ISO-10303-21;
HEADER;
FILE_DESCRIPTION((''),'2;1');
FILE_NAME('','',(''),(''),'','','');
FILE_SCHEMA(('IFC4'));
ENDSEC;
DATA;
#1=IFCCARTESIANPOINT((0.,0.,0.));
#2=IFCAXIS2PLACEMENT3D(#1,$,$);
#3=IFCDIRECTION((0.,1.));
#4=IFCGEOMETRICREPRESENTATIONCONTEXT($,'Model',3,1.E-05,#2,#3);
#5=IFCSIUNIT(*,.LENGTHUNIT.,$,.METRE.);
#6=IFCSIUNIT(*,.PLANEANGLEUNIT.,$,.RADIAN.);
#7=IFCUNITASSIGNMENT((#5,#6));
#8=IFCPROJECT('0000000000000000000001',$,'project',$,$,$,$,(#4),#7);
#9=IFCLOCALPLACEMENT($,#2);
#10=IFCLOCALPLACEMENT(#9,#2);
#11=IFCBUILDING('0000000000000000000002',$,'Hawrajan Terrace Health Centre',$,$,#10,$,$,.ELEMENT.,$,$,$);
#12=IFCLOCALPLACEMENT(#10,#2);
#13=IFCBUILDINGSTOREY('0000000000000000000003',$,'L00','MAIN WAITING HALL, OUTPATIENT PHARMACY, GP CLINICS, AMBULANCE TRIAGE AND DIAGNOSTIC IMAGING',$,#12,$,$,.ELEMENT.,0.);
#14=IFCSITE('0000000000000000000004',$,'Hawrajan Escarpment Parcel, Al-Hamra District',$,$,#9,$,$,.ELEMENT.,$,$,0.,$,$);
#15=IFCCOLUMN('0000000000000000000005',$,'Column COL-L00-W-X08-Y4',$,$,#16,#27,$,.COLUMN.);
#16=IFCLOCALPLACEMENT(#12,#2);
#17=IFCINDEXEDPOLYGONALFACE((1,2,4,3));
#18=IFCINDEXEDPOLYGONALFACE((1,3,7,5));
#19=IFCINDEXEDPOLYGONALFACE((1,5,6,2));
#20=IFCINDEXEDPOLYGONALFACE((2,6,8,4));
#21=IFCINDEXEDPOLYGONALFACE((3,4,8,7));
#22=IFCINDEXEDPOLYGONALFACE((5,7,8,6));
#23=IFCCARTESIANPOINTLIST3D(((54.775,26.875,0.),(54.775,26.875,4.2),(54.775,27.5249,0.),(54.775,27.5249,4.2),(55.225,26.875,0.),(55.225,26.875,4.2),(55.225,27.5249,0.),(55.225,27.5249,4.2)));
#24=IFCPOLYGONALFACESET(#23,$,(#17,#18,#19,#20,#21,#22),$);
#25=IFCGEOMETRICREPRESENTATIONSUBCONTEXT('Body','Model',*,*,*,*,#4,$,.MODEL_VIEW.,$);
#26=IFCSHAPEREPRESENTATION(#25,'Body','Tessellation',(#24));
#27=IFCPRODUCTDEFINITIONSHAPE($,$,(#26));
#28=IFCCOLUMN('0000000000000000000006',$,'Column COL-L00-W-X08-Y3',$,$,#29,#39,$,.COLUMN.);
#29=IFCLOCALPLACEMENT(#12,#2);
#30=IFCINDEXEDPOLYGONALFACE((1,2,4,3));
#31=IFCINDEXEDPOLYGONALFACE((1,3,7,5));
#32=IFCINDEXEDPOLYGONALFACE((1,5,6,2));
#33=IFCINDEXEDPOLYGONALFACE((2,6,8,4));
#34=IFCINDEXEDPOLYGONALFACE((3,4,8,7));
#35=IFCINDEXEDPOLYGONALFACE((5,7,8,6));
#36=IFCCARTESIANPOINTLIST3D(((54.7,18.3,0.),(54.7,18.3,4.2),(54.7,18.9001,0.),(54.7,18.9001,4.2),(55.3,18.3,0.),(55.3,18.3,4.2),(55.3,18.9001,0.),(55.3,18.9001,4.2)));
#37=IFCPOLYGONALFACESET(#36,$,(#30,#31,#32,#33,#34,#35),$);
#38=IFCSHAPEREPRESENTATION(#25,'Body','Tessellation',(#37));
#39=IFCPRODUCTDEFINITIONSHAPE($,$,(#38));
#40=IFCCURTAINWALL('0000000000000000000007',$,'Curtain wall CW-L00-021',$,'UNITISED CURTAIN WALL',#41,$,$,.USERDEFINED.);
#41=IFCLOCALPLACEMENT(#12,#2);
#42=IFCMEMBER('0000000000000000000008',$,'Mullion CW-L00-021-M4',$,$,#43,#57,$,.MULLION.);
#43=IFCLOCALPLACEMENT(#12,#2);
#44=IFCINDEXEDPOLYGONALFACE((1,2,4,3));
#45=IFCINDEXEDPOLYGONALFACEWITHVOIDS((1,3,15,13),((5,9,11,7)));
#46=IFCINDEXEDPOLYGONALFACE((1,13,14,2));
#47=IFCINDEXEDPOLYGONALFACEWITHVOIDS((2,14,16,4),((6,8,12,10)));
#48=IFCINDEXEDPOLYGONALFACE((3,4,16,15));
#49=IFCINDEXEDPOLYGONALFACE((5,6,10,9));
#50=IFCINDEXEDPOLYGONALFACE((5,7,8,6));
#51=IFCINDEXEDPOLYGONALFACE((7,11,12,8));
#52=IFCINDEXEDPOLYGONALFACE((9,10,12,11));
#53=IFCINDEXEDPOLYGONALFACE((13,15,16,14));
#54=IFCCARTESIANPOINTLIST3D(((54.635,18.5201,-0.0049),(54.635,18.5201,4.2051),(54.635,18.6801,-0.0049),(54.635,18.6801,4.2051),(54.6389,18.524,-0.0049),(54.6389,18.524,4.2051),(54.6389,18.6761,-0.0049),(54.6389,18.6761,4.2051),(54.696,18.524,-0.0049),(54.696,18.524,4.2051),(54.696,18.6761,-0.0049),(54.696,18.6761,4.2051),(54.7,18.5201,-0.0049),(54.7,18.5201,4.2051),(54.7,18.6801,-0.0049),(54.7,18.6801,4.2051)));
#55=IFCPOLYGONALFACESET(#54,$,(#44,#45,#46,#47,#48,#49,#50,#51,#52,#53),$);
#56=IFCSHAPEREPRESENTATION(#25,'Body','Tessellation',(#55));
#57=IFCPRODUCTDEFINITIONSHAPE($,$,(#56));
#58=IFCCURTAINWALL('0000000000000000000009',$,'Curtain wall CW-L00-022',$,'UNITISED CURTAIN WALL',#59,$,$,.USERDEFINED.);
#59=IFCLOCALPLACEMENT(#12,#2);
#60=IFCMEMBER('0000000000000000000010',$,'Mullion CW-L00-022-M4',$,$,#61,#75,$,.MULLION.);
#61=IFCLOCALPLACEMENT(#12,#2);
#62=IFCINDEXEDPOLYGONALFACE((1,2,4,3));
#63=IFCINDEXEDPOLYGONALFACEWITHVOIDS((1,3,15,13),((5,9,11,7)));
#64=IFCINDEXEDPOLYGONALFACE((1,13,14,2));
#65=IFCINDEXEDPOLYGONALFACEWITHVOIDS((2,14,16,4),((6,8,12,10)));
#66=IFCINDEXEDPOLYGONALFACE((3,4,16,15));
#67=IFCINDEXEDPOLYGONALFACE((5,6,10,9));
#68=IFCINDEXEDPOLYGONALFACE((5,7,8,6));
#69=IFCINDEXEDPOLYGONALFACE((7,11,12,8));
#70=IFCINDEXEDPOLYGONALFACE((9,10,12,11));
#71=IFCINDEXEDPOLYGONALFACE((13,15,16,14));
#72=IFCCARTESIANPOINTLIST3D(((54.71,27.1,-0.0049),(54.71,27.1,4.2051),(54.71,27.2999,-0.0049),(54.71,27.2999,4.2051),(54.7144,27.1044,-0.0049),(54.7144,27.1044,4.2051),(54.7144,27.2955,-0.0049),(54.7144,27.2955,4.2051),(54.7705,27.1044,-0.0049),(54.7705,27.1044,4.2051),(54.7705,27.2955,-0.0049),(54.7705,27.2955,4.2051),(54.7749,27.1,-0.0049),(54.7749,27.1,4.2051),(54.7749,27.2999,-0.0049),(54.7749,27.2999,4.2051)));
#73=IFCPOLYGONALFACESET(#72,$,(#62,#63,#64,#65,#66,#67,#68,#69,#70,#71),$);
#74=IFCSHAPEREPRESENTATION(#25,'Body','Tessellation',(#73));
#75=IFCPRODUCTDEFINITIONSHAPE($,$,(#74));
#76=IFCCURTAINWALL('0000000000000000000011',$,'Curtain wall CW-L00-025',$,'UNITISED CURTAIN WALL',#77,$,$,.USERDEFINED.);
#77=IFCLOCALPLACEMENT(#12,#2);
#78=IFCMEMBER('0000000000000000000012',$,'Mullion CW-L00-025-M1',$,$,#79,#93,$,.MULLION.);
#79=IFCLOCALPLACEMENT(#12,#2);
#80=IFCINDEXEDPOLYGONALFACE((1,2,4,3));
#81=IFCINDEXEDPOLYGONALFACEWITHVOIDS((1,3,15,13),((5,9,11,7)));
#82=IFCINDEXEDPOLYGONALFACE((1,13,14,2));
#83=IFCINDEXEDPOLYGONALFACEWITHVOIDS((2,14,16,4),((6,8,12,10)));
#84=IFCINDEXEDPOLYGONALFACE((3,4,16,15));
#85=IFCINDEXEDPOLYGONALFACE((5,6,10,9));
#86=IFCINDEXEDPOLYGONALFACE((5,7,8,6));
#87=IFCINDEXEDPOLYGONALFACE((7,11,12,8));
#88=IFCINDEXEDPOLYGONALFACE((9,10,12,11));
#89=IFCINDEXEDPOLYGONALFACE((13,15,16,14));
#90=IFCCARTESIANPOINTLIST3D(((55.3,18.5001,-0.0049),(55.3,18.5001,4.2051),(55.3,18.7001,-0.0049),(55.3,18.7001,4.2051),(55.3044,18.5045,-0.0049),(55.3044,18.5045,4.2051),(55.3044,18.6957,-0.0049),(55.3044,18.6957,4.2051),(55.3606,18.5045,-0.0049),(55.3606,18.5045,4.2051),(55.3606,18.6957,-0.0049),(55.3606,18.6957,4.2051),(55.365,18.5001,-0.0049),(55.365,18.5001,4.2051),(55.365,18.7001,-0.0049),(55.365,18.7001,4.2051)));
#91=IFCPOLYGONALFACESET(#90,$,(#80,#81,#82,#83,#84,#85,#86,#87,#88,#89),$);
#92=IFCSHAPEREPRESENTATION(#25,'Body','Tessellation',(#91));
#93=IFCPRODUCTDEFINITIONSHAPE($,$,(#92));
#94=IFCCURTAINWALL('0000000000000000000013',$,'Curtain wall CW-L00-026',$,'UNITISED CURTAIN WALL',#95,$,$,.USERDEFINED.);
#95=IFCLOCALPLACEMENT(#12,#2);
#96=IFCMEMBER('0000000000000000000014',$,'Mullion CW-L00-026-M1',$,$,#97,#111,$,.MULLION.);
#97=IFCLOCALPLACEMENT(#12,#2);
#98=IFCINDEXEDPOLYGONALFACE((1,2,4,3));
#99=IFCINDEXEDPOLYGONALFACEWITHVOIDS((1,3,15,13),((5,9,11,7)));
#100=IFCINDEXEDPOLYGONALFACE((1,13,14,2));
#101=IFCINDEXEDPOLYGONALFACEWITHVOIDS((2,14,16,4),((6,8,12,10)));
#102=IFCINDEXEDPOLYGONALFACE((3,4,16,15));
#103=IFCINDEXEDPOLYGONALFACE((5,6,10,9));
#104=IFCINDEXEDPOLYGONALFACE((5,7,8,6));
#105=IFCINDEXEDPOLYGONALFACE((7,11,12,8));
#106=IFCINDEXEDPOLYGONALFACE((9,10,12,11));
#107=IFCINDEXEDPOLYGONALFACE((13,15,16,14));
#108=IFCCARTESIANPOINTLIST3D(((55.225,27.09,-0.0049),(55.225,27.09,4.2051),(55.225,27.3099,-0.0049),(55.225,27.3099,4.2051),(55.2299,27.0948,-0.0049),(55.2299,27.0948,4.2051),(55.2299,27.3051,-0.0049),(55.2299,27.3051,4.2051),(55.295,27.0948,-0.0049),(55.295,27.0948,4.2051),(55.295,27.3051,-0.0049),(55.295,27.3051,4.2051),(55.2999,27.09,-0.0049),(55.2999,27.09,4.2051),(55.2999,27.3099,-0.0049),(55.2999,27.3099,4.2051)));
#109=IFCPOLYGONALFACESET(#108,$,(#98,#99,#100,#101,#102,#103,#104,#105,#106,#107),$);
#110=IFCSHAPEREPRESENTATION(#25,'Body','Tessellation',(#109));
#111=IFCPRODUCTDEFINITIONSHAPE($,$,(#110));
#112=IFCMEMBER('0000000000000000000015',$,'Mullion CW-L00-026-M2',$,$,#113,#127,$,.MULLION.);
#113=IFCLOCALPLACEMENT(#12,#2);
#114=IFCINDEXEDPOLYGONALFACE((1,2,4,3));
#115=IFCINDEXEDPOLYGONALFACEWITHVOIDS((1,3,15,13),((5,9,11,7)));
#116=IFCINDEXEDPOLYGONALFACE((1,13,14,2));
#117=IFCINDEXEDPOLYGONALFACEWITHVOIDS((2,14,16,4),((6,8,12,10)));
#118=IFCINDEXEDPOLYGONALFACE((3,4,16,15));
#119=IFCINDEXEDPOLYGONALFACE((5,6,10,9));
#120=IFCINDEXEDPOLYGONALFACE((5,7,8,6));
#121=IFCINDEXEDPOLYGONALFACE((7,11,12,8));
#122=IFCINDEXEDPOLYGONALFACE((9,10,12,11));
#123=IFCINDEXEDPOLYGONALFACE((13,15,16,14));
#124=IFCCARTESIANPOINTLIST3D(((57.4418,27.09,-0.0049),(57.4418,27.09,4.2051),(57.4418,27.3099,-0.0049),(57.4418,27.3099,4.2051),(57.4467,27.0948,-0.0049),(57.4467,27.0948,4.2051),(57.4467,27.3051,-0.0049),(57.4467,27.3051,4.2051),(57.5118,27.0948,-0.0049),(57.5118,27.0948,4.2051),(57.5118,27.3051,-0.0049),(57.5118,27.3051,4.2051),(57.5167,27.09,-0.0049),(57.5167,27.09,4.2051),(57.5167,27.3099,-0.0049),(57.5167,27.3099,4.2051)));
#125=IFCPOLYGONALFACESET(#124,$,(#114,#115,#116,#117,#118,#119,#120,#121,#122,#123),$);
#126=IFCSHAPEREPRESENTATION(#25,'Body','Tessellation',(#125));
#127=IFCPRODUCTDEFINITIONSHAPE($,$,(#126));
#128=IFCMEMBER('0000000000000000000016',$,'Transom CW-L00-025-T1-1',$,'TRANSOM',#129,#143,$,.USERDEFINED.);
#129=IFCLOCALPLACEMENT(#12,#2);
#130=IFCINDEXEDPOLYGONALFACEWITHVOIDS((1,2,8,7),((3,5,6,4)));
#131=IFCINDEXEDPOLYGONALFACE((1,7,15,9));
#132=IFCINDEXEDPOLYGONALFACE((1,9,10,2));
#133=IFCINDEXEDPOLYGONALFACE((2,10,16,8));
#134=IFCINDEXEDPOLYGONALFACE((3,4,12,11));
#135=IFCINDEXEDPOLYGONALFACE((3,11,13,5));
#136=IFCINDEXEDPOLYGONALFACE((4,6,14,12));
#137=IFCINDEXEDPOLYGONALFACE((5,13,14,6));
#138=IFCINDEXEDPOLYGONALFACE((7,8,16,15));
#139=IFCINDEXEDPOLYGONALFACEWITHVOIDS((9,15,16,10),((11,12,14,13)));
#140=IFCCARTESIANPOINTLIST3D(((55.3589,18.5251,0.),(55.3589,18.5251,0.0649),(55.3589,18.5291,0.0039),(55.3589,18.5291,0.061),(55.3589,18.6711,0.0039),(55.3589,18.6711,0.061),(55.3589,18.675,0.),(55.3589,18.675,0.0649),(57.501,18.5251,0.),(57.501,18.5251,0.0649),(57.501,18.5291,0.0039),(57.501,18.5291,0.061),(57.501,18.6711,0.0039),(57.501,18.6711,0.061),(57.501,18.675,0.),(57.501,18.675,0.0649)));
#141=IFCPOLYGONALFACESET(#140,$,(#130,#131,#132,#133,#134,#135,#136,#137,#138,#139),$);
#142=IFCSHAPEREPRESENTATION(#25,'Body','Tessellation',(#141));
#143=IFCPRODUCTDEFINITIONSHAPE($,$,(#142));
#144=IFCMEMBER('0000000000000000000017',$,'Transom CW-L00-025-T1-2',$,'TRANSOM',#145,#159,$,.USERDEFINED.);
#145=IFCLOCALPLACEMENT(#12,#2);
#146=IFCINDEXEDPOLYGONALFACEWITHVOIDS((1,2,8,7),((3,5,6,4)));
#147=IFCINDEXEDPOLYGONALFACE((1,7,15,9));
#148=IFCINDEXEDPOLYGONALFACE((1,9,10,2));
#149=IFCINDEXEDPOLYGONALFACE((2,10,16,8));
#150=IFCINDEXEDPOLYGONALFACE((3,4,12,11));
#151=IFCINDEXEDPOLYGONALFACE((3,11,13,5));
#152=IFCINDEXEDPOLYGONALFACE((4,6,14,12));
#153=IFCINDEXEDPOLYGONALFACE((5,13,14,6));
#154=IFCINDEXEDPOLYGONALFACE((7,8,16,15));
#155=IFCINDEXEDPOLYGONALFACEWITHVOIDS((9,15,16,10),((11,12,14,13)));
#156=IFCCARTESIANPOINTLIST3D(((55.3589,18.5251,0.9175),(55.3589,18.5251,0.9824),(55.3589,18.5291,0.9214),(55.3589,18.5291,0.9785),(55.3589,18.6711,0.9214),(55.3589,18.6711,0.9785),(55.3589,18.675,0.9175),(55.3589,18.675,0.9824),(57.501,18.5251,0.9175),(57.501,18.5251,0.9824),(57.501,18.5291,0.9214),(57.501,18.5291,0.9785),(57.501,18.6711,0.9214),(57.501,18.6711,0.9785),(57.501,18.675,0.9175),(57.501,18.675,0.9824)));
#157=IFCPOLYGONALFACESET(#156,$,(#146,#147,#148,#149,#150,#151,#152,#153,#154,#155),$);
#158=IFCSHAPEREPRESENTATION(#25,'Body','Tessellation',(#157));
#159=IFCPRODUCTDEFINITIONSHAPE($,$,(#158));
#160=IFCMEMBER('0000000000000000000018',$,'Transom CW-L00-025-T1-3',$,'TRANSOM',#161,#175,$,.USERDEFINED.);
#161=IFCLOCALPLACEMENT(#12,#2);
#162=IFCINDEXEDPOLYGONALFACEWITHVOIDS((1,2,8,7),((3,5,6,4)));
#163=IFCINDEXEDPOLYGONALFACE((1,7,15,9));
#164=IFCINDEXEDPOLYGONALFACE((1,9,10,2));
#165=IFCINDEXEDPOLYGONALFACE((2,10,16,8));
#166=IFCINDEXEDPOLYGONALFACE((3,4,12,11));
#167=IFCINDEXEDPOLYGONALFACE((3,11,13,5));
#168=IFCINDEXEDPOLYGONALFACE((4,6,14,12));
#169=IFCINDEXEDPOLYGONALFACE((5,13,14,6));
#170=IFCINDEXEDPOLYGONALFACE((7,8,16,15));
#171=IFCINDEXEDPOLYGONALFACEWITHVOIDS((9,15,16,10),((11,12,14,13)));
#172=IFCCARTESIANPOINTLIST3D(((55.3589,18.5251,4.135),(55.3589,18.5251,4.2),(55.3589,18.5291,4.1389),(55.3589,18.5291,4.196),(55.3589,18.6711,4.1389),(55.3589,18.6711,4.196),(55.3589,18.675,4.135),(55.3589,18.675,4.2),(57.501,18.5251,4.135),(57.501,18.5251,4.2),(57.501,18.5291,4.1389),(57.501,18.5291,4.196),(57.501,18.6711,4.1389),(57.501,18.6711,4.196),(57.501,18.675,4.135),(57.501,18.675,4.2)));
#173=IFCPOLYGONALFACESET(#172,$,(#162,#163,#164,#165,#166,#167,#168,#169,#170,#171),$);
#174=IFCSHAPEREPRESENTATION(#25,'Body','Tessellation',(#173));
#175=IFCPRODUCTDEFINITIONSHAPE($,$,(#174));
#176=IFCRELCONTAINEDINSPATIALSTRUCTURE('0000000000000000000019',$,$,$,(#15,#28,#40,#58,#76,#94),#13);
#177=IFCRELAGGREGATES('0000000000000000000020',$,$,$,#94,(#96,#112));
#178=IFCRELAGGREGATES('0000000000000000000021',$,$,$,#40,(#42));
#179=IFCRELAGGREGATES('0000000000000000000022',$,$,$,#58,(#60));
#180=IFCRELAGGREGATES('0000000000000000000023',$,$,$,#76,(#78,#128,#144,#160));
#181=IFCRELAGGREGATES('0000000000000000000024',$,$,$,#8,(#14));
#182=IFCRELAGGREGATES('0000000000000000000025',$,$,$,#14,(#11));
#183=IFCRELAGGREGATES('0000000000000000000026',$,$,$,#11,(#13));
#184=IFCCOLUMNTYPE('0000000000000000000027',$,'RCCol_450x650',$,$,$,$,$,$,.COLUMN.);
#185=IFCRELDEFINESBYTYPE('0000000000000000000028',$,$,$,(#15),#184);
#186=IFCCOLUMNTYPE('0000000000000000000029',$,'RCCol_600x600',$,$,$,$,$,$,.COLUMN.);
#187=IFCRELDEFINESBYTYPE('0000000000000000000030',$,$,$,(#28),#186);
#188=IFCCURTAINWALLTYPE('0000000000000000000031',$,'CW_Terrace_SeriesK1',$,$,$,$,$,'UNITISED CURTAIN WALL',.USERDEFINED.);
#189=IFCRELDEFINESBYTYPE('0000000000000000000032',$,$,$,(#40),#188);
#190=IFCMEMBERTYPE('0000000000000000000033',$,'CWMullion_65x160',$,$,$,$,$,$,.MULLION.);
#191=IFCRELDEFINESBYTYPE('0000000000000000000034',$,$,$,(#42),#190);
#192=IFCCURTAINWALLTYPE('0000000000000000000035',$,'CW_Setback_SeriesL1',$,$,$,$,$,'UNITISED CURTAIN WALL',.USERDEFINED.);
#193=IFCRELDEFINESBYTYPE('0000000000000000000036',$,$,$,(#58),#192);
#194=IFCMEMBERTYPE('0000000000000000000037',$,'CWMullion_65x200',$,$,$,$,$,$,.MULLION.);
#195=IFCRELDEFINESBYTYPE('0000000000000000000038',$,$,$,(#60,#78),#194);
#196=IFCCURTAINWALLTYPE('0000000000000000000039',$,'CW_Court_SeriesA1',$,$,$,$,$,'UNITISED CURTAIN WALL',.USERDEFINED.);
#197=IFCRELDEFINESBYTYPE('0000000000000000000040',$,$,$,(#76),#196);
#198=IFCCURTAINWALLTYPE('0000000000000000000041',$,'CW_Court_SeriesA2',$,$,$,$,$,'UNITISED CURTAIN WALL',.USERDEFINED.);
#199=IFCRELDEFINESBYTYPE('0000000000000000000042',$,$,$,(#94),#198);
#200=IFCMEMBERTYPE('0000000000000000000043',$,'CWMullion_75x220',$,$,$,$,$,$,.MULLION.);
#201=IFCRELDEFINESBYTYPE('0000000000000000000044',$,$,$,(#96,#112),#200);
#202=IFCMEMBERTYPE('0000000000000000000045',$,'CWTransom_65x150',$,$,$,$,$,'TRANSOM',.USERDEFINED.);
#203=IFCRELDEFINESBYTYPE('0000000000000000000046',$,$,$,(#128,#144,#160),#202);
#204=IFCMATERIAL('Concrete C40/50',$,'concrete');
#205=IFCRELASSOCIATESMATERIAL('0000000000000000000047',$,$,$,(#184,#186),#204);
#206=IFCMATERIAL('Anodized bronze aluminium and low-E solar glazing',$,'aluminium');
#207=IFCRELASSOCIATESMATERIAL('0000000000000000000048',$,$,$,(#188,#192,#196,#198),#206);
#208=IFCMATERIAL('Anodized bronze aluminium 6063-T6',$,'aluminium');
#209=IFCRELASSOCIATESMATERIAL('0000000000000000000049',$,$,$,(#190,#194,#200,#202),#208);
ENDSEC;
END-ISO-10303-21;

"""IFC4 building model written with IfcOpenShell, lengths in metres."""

from ifc_helpers import new_model, si_unit, direction, frame, origin, origin_2d, place, context, subcontext, project, spatial, rectangle, hollow_rectangle, extrude, material, material_profile, profile_set, type_object, element, aggregate, save


model = new_model("IFC4")

# Units and contexts
model_context = context("Model", 3, precision=1e-05, world=origin(), true_north=direction((0.0, 1.0)))
body_context = subcontext(model_context, "Body", "Model", "MODEL_VIEW")
ifc_project = project(units=[si_unit("LENGTHUNIT", "METRE"), si_unit("PLANEANGLEUNIT", "RADIAN")], contexts=[model_context])

# Site, building, storey
site_placement = place(None, origin())
site = spatial("IfcSite", under=ifc_project, at=site_placement, Name="Hawrajan Escarpment Parcel, Al-Hamra District", CompositionType="ELEMENT", RefElevation=0.0)
building_placement = place(site_placement, origin())
building = spatial("IfcBuilding", under=site, at=building_placement, Name="Hawrajan Terrace Health Centre", CompositionType="ELEMENT")
storey_placement = place(building_placement, origin())
storey = spatial("IfcBuildingStorey", under=building, at=storey_placement, Name="L00", Description="MAIN WAITING HALL, OUTPATIENT PHARMACY, GP CLINICS, AMBULANCE TRIAGE AND DIAGNOSTIC IMAGING", CompositionType="ELEMENT", Elevation=0.0)

# Columns
ifc_material_1 = material(Name="Concrete C40/50", Category="concrete")
ifc_material_profile_1 = material_profile(ifc_material_1, rectangle(XDim=0.45, YDim=0.6499, at=origin_2d()), Name="RC 450x650")
ifc_profile_set_1 = profile_set([ifc_material_profile_1], Name="Concrete C40/50")
column_type_1 = type_object("IfcColumnType", Name="RCCol_450x650", PredefinedType="COLUMN", material=ifc_profile_set_1)
column_1_placement = place(storey_placement, frame((55.0, 27.2, 0.0), z_axis=(0.0, 0.0, 1.0), x_axis=(1.0, 0.0, 0.0)))
element("IfcColumn", 1, at=column_1_placement, inside=storey, type_object=column_type_1, Name="Column COL-L00-W-X08-Y4", PredefinedType="COLUMN", context=body_context, shape_type="SweptSolid", body=[
    extrude(rectangle(XDim=0.45, YDim=0.6499, at=origin_2d()), origin(), (0.0, 0.0, 1.0), 4.2),
])
ifc_material_profile_2 = material_profile(ifc_material_1, rectangle(XDim=0.6001, YDim=0.6001, at=origin_2d()), Name="RC 600x600")
ifc_profile_set_2 = profile_set([ifc_material_profile_2], Name="Concrete C40/50")
column_type_2 = type_object("IfcColumnType", Name="RCCol_600x600", PredefinedType="COLUMN", material=ifc_profile_set_2)
column_2_placement = place(storey_placement, frame((55.0, 18.6001, 0.0), z_axis=(0.0, 0.0, 1.0), x_axis=(1.0, 0.0, 0.0)))
element("IfcColumn", 2, at=column_2_placement, inside=storey, type_object=column_type_2, Name="Column COL-L00-W-X08-Y3", PredefinedType="COLUMN", context=body_context, shape_type="SweptSolid", body=[
    extrude(rectangle(XDim=0.6001, YDim=0.6001, at=origin_2d()), origin(), (0.0, 0.0, 1.0), 4.2),
])

# Curtain walls, members
ifc_material_2 = material(Name="Anodized bronze aluminium and low-E solar glazing", Category="aluminium")
curtain_wall_type_1 = type_object("IfcCurtainWallType", Name="CW_Terrace_SeriesK1", ElementType="UNITISED CURTAIN WALL", PredefinedType="USERDEFINED", material=ifc_material_2)
curtain_wall_1_placement = place(storey_placement, origin())
curtain_wall_1 = element("IfcCurtainWall", 3, at=curtain_wall_1_placement, inside=storey, type_object=curtain_wall_type_1, Name="Curtain wall CW-L00-021", ObjectType="UNITISED CURTAIN WALL", PredefinedType="USERDEFINED")
ifc_material_3 = material(Name="Anodized bronze aluminium 6063-T6", Category="aluminium")
ifc_material_profile_3 = material_profile(ifc_material_3, hollow_rectangle(XDim=0.0649, YDim=0.1599, WallThickness=0.0039, at=origin_2d()), Name="CW MUL 65x160")
ifc_profile_set_3 = profile_set([ifc_material_profile_3], Name="Anodized bronze aluminium 6063-T6")
member_type_1 = type_object("IfcMemberType", Name="CWMullion_65x160", PredefinedType="MULLION", material=ifc_profile_set_3)
member_1_placement = place(storey_placement, frame((54.6675, 18.6001, -0.0049), z_axis=(0.0, 0.0, 1.0), x_axis=(1.0, 0.0, 0.0)))
member_1 = element("IfcMember", 4, at=member_1_placement, type_object=member_type_1, Name="Mullion CW-L00-021-M4", PredefinedType="MULLION", context=body_context, shape_type="SweptSolid", body=[
    extrude(hollow_rectangle(XDim=0.0649, YDim=0.1599, WallThickness=0.0039, at=origin_2d()), origin(), (0.0, 0.0, 1.0), 4.21),
])
curtain_wall_type_2 = type_object("IfcCurtainWallType", Name="CW_Setback_SeriesL1", ElementType="UNITISED CURTAIN WALL", PredefinedType="USERDEFINED", material=ifc_material_2)
curtain_wall_2_placement = place(storey_placement, origin())
curtain_wall_2 = element("IfcCurtainWall", 5, at=curtain_wall_2_placement, inside=storey, type_object=curtain_wall_type_2, Name="Curtain wall CW-L00-022", ObjectType="UNITISED CURTAIN WALL", PredefinedType="USERDEFINED")
ifc_material_profile_4 = material_profile(ifc_material_3, hollow_rectangle(XDim=0.0649, YDim=0.2, WallThickness=0.0044, at=origin_2d()), Name="CW MUL 65x200")
ifc_profile_set_4 = profile_set([ifc_material_profile_4], Name="Anodized bronze aluminium 6063-T6")
member_type_2 = type_object("IfcMemberType", Name="CWMullion_65x200", PredefinedType="MULLION", material=ifc_profile_set_4)
member_2_placement = place(storey_placement, frame((54.7424, 27.2, -0.0049), z_axis=(0.0, 0.0, 1.0), x_axis=(1.0, 0.0, 0.0)))
member_2 = element("IfcMember", 6, at=member_2_placement, type_object=member_type_2, Name="Mullion CW-L00-022-M4", PredefinedType="MULLION", context=body_context, shape_type="SweptSolid", body=[
    extrude(hollow_rectangle(XDim=0.0649, YDim=0.2, WallThickness=0.0044, at=origin_2d()), origin(), (0.0, 0.0, 1.0), 4.21),
])
curtain_wall_type_3 = type_object("IfcCurtainWallType", Name="CW_Court_SeriesA1", ElementType="UNITISED CURTAIN WALL", PredefinedType="USERDEFINED", material=ifc_material_2)
curtain_wall_3_placement = place(storey_placement, origin())
curtain_wall_3 = element("IfcCurtainWall", 7, at=curtain_wall_3_placement, inside=storey, type_object=curtain_wall_type_3, Name="Curtain wall CW-L00-025", ObjectType="UNITISED CURTAIN WALL", PredefinedType="USERDEFINED")
member_3_placement = place(storey_placement, frame((55.3325, 18.6001, -0.0049), z_axis=(0.0, 0.0, 1.0), x_axis=(1.0, 0.0, 0.0)))
member_3 = element("IfcMember", 8, at=member_3_placement, type_object=member_type_2, Name="Mullion CW-L00-025-M1", PredefinedType="MULLION", context=body_context, shape_type="SweptSolid", body=[
    extrude(hollow_rectangle(XDim=0.0649, YDim=0.2, WallThickness=0.0044, at=origin_2d()), origin(), (0.0, 0.0, 1.0), 4.21),
])

# Curtain wall, members
curtain_wall_type_4 = type_object("IfcCurtainWallType", Name="CW_Court_SeriesA2", ElementType="UNITISED CURTAIN WALL", PredefinedType="USERDEFINED", material=ifc_material_2)
curtain_wall_4_placement = place(storey_placement, origin())
curtain_wall_4 = element("IfcCurtainWall", 9, at=curtain_wall_4_placement, inside=storey, type_object=curtain_wall_type_4, Name="Curtain wall CW-L00-026", ObjectType="UNITISED CURTAIN WALL", PredefinedType="USERDEFINED")
ifc_material_profile_5 = material_profile(ifc_material_3, hollow_rectangle(XDim=0.075, YDim=0.22, WallThickness=0.0049, at=origin_2d()), Name="CW MUL 75x220")
ifc_profile_set_5 = profile_set([ifc_material_profile_5], Name="Anodized bronze aluminium 6063-T6")
member_type_3 = type_object("IfcMemberType", Name="CWMullion_75x220", PredefinedType="MULLION", material=ifc_profile_set_5)
member_4_placement = place(storey_placement, frame((55.2625, 27.2, -0.0049), z_axis=(0.0, 0.0, 1.0), x_axis=(1.0, 0.0, 0.0)))
member_4 = element("IfcMember", 10, at=member_4_placement, type_object=member_type_3, Name="Mullion CW-L00-026-M1", PredefinedType="MULLION", context=body_context, shape_type="SweptSolid", body=[
    extrude(hollow_rectangle(XDim=0.075, YDim=0.22, WallThickness=0.0049, at=origin_2d()), origin(), (0.0, 0.0, 1.0), 4.21),
])
member_5_placement = place(storey_placement, frame((57.4792, 27.2, -0.0049), z_axis=(0.0, 0.0, 1.0), x_axis=(1.0, 0.0, 0.0)))
member_5 = element("IfcMember", 11, at=member_5_placement, type_object=member_type_3, Name="Mullion CW-L00-026-M2", PredefinedType="MULLION", context=body_context, shape_type="SweptSolid", body=[
    extrude(hollow_rectangle(XDim=0.075, YDim=0.22, WallThickness=0.0049, at=origin_2d()), origin(), (0.0, 0.0, 1.0), 4.21),
])

# Members
ifc_material_profile_6 = material_profile(ifc_material_3, hollow_rectangle(XDim=0.0649, YDim=0.1499, WallThickness=0.0039, at=origin_2d()), Name="CW TRN 65x150")
ifc_profile_set_6 = profile_set([ifc_material_profile_6], Name="Anodized bronze aluminium 6063-T6")
member_type_4 = type_object("IfcMemberType", Name="CWTransom_65x150", ElementType="TRANSOM", PredefinedType="USERDEFINED", material=ifc_profile_set_6)
member_6_placement = place(storey_placement, frame((55.3589, 18.6001, 0.0325), z_axis=(1.0, 0.0, 0.0), x_axis=(0.0, 0.0, 1.0)))
member_6 = element("IfcMember", 12, at=member_6_placement, type_object=member_type_4, Name="Transom CW-L00-025-T1-1", ObjectType="TRANSOM", PredefinedType="USERDEFINED", context=body_context, shape_type="SweptSolid", body=[
    extrude(hollow_rectangle(XDim=0.0649, YDim=0.1499, WallThickness=0.0039, at=origin_2d()), origin(), (0.0, 0.0, 1.0), 2.1421),
])
member_7_placement = place(storey_placement, frame((55.3589, 18.6001, 0.95), z_axis=(1.0, 0.0, 0.0), x_axis=(0.0, 0.0, 1.0)))
member_7 = element("IfcMember", 13, at=member_7_placement, type_object=member_type_4, Name="Transom CW-L00-025-T1-2", ObjectType="TRANSOM", PredefinedType="USERDEFINED", context=body_context, shape_type="SweptSolid", body=[
    extrude(hollow_rectangle(XDim=0.0649, YDim=0.1499, WallThickness=0.0039, at=origin_2d()), origin(), (0.0, 0.0, 1.0), 2.1421),
])
member_8_placement = place(storey_placement, frame((55.3589, 18.6001, 4.1675), z_axis=(1.0, 0.0, 0.0), x_axis=(0.0, 0.0, 1.0)))
member_8 = element("IfcMember", 14, at=member_8_placement, type_object=member_type_4, Name="Transom CW-L00-025-T1-3", ObjectType="TRANSOM", PredefinedType="USERDEFINED", context=body_context, shape_type="SweptSolid", body=[
    extrude(hollow_rectangle(XDim=0.0649, YDim=0.1499, WallThickness=0.0039, at=origin_2d()), origin(), (0.0, 0.0, 1.0), 2.1421),
])

aggregate(curtain_wall_4, [member_4, member_5])
aggregate(curtain_wall_1, [member_1])
aggregate(curtain_wall_2, [member_2])
aggregate(curtain_wall_3, [member_3, member_6, member_7, member_8])

save(model, "model.ifc")
